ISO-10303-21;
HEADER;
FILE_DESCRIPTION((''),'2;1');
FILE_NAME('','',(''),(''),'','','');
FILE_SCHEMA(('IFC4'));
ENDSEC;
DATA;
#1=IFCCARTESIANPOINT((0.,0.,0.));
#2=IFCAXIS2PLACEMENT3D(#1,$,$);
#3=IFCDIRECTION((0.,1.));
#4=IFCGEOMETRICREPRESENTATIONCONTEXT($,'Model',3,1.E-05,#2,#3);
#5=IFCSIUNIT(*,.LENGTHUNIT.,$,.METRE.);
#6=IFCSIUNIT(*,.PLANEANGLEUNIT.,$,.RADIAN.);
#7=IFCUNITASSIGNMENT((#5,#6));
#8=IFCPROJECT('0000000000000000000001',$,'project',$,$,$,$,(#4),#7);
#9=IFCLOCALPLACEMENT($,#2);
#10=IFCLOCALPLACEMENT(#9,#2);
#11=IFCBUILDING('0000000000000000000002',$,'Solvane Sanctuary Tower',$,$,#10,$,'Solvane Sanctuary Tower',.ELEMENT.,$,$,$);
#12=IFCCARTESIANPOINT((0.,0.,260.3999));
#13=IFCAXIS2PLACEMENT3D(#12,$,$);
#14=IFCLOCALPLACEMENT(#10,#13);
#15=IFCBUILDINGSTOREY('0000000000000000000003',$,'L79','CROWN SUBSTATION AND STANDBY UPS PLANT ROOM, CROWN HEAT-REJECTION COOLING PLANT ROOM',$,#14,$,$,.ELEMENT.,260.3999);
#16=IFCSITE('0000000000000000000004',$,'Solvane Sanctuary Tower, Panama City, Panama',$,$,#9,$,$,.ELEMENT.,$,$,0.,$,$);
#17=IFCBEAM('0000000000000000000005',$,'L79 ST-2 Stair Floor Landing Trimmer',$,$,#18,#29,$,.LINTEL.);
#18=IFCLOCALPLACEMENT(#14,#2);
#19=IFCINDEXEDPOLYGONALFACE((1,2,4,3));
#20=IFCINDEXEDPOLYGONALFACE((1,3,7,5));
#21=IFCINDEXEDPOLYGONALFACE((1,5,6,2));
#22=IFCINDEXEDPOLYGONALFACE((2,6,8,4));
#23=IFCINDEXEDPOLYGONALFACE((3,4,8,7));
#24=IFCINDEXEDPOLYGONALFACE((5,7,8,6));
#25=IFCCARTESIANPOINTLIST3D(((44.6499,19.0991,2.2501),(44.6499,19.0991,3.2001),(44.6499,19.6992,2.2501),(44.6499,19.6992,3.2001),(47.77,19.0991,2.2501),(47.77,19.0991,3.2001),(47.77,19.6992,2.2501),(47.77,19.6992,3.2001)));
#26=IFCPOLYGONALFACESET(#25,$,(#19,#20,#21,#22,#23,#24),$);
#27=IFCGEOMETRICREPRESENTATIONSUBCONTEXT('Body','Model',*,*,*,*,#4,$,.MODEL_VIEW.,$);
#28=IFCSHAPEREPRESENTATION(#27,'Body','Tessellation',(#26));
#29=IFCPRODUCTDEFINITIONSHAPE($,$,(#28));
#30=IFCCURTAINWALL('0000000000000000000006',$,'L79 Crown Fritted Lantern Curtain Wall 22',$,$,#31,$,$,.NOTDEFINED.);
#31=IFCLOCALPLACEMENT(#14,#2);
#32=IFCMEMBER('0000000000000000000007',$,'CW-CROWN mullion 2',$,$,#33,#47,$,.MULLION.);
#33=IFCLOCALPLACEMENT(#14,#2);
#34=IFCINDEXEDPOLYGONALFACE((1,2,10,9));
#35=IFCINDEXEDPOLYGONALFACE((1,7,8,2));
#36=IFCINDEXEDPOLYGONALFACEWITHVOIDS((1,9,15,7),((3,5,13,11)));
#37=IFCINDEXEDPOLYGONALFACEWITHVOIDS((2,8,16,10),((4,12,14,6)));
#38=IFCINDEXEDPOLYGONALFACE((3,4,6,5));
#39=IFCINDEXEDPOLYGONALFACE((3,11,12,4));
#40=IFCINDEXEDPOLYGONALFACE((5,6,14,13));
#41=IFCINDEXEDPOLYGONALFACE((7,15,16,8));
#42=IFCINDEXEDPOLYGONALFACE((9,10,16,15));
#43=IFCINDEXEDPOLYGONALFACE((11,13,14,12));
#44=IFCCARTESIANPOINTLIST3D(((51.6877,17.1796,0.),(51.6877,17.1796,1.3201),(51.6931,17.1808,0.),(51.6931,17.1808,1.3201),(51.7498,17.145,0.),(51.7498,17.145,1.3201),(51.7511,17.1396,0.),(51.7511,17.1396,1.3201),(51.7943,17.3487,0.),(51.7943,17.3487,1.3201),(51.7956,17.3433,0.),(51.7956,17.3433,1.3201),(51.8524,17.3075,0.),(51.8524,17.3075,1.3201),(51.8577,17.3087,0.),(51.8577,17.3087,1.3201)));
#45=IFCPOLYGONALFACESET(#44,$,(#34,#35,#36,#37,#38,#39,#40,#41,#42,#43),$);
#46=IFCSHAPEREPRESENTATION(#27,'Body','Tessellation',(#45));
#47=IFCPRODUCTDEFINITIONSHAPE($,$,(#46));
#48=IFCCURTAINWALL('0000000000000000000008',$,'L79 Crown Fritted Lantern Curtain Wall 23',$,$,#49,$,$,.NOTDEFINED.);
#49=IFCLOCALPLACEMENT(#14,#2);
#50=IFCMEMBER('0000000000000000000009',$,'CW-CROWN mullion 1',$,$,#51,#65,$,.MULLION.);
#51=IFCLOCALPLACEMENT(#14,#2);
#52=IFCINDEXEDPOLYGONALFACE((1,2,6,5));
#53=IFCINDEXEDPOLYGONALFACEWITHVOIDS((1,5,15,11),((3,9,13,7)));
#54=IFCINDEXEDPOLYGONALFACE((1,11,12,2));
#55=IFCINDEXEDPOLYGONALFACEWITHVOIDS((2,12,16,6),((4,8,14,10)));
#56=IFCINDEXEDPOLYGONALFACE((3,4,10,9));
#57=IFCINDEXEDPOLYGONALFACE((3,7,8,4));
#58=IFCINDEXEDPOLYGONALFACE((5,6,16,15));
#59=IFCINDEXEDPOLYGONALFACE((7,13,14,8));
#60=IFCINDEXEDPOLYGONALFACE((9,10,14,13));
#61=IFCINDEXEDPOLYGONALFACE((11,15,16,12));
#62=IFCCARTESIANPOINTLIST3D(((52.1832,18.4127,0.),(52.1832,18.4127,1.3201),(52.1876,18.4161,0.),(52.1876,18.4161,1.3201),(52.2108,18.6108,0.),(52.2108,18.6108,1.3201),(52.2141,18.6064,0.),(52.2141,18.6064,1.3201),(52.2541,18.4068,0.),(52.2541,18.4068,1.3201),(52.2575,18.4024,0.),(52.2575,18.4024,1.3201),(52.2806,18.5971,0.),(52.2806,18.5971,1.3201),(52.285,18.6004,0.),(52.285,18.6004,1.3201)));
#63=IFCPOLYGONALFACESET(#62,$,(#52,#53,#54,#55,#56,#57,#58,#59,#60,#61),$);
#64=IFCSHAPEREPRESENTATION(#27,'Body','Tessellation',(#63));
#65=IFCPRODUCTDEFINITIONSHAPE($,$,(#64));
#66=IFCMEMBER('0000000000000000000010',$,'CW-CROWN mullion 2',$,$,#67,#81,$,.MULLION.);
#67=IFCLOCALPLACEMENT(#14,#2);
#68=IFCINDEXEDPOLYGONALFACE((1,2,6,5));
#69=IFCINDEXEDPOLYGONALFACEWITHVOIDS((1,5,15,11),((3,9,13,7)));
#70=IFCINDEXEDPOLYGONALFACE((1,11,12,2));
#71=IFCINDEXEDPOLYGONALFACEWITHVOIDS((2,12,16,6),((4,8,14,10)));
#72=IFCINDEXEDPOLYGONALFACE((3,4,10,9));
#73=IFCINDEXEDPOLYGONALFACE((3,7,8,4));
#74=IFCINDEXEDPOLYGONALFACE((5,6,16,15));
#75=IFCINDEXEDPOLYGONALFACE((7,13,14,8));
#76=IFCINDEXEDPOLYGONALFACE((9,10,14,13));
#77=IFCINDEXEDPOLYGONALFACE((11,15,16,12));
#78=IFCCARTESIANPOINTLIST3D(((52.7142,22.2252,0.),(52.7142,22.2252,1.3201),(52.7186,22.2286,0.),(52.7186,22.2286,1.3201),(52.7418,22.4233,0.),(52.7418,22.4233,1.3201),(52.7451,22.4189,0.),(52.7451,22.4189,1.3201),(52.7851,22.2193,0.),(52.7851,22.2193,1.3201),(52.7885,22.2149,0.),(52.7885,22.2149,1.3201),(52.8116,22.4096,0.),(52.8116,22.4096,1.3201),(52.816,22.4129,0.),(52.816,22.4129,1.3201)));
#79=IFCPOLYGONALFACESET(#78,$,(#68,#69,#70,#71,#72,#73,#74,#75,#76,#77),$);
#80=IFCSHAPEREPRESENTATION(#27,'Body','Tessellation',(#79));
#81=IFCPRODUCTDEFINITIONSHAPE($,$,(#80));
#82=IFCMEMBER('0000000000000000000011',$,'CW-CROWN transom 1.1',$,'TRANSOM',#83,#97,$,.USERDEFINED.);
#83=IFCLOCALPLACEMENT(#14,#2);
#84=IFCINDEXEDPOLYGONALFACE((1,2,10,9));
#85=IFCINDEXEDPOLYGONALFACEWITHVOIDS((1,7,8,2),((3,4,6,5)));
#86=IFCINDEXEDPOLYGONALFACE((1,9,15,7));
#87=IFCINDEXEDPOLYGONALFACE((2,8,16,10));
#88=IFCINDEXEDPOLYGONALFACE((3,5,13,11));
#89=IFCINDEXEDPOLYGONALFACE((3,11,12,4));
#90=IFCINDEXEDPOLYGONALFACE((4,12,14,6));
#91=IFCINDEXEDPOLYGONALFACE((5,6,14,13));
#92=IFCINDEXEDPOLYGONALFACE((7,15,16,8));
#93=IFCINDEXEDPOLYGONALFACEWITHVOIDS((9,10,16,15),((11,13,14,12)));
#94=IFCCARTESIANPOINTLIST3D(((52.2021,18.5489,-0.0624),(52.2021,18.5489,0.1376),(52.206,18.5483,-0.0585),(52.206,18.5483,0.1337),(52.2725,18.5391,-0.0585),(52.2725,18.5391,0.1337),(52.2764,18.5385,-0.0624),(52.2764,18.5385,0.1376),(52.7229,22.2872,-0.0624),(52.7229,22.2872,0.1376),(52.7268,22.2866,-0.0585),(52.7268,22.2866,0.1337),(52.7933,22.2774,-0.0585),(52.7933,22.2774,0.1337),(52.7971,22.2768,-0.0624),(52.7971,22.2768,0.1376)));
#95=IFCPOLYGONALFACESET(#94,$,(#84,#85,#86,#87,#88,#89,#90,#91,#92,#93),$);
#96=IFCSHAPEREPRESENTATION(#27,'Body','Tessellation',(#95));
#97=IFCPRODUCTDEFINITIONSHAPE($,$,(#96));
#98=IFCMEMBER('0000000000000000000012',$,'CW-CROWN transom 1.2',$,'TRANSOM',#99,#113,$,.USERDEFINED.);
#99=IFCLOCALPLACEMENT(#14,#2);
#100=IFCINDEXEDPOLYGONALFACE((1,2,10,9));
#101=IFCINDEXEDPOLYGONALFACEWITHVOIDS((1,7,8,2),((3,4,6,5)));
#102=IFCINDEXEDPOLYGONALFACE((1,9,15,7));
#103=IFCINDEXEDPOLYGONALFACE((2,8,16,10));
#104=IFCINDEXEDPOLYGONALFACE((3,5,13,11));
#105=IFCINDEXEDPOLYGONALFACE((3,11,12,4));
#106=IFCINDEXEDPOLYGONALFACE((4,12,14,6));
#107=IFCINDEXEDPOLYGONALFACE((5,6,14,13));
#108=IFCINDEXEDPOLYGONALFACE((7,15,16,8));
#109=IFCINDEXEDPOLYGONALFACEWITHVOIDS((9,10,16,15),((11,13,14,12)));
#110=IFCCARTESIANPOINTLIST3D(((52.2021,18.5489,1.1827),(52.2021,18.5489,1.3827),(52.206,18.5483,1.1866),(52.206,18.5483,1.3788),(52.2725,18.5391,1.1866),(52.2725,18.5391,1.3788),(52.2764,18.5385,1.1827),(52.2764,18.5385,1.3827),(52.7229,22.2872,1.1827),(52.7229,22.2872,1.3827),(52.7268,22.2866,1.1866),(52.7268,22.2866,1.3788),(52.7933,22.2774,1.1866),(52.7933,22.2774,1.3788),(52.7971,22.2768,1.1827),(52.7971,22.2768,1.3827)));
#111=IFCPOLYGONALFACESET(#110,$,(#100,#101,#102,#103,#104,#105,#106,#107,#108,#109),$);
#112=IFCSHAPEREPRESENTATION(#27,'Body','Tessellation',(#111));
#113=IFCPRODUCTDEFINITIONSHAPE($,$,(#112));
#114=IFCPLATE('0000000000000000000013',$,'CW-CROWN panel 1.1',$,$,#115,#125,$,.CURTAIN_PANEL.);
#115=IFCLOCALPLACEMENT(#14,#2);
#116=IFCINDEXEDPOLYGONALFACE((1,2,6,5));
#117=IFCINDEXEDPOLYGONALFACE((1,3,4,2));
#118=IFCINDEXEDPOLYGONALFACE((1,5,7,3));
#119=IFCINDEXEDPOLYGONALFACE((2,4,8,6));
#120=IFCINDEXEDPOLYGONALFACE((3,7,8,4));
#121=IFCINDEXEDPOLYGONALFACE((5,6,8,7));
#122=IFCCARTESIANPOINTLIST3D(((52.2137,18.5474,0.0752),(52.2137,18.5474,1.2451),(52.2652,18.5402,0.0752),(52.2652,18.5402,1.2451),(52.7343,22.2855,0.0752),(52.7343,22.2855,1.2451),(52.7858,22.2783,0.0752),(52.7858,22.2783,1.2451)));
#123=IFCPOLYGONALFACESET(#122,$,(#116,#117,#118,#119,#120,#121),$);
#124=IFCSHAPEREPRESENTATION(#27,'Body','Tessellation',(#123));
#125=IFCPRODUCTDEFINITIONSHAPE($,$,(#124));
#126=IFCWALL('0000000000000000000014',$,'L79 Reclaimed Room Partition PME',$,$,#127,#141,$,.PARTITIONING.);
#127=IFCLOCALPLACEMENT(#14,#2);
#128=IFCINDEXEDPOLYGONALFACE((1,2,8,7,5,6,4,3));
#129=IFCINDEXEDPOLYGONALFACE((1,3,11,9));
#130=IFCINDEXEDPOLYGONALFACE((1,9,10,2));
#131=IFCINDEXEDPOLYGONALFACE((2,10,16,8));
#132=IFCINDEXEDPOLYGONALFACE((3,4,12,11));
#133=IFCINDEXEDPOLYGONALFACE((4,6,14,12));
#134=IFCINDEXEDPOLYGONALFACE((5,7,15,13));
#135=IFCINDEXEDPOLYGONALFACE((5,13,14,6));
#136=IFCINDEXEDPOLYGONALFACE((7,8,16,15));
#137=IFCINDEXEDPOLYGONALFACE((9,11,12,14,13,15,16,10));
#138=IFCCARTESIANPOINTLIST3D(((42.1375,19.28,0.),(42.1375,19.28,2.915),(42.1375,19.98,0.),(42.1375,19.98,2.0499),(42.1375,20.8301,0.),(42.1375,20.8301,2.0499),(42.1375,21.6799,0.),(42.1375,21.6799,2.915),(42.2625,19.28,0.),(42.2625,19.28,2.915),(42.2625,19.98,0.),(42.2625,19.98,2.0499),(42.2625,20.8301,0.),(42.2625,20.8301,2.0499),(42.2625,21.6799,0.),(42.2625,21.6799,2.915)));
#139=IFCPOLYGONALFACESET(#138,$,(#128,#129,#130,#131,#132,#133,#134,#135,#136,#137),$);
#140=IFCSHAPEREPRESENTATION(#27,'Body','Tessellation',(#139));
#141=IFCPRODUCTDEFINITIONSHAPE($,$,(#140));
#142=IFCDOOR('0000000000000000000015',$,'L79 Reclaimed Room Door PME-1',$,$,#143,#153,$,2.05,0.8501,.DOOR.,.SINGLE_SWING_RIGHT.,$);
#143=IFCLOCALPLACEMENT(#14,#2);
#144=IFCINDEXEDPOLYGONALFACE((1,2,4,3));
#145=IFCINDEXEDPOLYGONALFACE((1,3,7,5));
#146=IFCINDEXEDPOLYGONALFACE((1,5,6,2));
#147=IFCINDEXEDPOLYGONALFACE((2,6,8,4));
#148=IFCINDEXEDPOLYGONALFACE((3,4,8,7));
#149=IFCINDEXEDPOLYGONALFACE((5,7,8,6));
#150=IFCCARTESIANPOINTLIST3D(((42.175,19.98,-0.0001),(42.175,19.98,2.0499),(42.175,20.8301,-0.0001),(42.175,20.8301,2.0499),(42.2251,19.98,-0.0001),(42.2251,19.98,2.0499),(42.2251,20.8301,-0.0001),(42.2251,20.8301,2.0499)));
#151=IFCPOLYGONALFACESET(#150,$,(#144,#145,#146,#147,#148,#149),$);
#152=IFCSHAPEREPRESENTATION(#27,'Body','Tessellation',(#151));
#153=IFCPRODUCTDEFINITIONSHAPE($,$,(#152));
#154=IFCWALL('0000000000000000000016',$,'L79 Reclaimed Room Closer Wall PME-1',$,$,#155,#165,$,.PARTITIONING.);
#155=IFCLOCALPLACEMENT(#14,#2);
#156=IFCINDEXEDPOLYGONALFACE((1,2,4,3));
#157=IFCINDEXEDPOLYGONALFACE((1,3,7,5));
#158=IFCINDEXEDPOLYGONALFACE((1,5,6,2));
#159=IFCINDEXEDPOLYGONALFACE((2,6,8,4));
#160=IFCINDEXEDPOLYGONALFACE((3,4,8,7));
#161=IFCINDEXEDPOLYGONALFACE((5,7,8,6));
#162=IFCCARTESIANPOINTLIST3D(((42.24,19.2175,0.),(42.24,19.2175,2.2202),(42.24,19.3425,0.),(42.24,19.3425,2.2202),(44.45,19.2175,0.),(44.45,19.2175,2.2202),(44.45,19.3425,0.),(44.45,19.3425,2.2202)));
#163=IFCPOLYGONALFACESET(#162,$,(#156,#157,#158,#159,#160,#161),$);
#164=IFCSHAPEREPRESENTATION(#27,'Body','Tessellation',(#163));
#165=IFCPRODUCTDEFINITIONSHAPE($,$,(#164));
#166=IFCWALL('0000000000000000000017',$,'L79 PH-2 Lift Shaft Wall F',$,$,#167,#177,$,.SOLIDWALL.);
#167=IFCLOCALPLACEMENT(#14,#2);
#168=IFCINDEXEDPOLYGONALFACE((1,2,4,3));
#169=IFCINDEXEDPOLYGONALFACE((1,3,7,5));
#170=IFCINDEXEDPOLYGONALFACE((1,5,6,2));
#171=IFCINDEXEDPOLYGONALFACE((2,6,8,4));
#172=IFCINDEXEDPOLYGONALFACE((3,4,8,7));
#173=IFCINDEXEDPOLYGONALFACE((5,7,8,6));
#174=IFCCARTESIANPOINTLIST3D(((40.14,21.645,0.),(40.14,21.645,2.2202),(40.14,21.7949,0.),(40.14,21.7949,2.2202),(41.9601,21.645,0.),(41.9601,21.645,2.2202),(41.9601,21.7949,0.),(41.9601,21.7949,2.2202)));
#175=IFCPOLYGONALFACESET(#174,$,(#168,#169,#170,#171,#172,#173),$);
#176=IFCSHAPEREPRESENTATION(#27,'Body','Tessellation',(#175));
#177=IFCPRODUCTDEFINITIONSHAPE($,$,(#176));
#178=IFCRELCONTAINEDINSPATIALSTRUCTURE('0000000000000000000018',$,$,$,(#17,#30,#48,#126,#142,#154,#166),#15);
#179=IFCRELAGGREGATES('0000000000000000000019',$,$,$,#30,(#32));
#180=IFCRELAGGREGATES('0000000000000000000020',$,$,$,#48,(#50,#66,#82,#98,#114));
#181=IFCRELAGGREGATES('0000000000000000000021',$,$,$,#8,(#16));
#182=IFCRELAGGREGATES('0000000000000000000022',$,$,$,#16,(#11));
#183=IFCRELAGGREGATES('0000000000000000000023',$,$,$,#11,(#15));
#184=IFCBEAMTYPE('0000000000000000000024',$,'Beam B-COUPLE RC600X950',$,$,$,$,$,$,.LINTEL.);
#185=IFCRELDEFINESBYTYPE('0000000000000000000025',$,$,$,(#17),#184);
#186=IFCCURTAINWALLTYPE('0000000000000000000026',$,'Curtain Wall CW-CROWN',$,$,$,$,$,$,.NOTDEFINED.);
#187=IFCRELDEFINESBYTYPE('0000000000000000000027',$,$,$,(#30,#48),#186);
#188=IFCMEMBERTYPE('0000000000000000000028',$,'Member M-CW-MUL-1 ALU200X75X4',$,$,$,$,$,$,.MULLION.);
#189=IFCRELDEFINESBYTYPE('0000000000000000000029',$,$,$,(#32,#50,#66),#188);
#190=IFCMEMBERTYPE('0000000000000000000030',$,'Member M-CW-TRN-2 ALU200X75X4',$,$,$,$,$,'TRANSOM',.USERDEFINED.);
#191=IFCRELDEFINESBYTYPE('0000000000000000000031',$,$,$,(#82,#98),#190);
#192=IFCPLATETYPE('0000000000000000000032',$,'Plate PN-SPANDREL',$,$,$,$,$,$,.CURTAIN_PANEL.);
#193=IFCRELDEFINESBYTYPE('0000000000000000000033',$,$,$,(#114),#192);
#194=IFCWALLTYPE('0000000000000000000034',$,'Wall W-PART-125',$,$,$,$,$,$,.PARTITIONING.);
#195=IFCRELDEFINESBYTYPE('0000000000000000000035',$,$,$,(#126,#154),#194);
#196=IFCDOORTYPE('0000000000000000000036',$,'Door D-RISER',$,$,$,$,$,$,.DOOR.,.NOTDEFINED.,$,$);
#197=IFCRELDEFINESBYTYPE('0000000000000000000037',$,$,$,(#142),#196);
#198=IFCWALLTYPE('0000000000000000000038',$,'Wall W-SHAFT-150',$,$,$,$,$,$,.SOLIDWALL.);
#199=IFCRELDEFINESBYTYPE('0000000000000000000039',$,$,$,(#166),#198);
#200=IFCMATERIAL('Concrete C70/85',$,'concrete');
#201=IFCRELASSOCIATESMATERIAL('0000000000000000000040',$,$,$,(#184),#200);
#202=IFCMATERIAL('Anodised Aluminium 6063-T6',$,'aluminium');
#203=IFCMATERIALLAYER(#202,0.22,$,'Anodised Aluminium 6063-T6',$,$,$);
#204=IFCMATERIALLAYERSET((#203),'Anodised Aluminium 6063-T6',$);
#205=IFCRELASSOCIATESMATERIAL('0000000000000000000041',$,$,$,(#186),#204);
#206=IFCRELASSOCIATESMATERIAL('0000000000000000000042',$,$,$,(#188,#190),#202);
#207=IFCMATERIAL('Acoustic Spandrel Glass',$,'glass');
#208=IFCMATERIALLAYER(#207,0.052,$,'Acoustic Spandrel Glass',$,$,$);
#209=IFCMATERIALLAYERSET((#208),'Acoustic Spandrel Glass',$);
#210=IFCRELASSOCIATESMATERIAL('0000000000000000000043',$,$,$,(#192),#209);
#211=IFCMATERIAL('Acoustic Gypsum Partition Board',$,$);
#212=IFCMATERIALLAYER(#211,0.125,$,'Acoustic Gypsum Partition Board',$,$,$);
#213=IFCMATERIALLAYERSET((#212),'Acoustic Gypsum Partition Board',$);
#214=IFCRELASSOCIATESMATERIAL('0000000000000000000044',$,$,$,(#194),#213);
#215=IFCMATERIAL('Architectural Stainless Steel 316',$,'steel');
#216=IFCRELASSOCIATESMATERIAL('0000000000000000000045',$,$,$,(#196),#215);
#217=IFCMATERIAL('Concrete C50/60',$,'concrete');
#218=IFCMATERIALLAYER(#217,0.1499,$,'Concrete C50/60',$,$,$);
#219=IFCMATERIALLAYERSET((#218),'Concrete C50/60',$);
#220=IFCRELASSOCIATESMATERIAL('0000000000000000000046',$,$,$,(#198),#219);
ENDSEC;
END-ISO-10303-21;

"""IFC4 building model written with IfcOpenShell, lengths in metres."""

from ifc_helpers import new_model, si_unit, direction, frame, frame_2d, origin, origin_2d, place, context, subcontext, project, spatial, rectangle, hollow_rectangle, extrude, material, layer, layer_set, material_profile, profile_set, type_object, element, fill, aggregate, save


model = new_model("IFC4")

# Units and contexts
model_context = context("Model", 3, precision=1e-05, world=origin(), true_north=direction((0.0, 1.0)))
body_context = subcontext(model_context, "Body", "Model", "MODEL_VIEW")
ifc_project = project(units=[si_unit("LENGTHUNIT", "METRE"), si_unit("PLANEANGLEUNIT", "RADIAN")], contexts=[model_context])

# Site, building, storey
site_placement = place(None, origin())
site = spatial("IfcSite", under=ifc_project, at=site_placement, Name="Solvane Sanctuary Tower, Panama City, Panama", CompositionType="ELEMENT", RefElevation=0.0)
building_placement = place(site_placement, origin())
building = spatial("IfcBuilding", under=site, at=building_placement, Name="Solvane Sanctuary Tower", LongName="Solvane Sanctuary Tower", CompositionType="ELEMENT")
storey_placement = place(building_placement, frame((0.0, 0.0, 260.3999)))
storey = spatial("IfcBuildingStorey", under=building, at=storey_placement, Name="L79", Description="CROWN SUBSTATION AND STANDBY UPS PLANT ROOM, CROWN HEAT-REJECTION COOLING PLANT ROOM", CompositionType="ELEMENT", Elevation=260.3999)

# Beam
ifc_material_1 = material(Name="Concrete C70/85", Category="concrete")
ifc_material_profile_1 = material_profile(ifc_material_1, rectangle(XDim=0.6001, YDim=0.95, at=origin_2d()), Name="RC600X950")
ifc_profile_set_1 = profile_set([ifc_material_profile_1], Name="Concrete C70/85")
beam_type = type_object("IfcBeamType", Name="Beam B-COUPLE RC600X950", PredefinedType="LINTEL", material=ifc_profile_set_1)
beam_placement = place(storey_placement, frame((44.6499, 19.3992, 2.7251), z_axis=(1.0, 0.0, 0.0), x_axis=(0.0, 1.0, 0.0)))
element("IfcBeam", 1, at=beam_placement, inside=storey, type_object=beam_type, Name="L79 ST-2 Stair Floor Landing Trimmer", PredefinedType="LINTEL", context=body_context, shape_type="SweptSolid", body=[
    extrude(rectangle(XDim=0.6001, YDim=0.95, at=origin_2d()), origin(), (0.0, 0.0, 1.0), 3.1201),
])

# Curtain wall, member
ifc_material_2 = material(Name="Anodised Aluminium 6063-T6", Category="aluminium")
ifc_layer_1 = layer(ifc_material_2, 0.22, Name="Anodised Aluminium 6063-T6")
ifc_layer_set_1 = layer_set([ifc_layer_1], Name="Anodised Aluminium 6063-T6")
curtain_wall_type = type_object("IfcCurtainWallType", Name="Curtain Wall CW-CROWN", PredefinedType="NOTDEFINED", material=ifc_layer_set_1)
curtain_wall_1_placement = place(storey_placement, origin())
curtain_wall_1 = element("IfcCurtainWall", 2, at=curtain_wall_1_placement, inside=storey, type_object=curtain_wall_type, Name="L79 Crown Fritted Lantern Curtain Wall 22", PredefinedType="NOTDEFINED")
ifc_material_profile_2 = material_profile(ifc_material_2, hollow_rectangle(XDim=0.075, YDim=0.2, WallThickness=0.0039, at=origin_2d()), Name="ALU200X75X4")
ifc_profile_set_2 = profile_set([ifc_material_profile_2], Name="Anodised Aluminium 6063-T6")
member_type_1 = type_object("IfcMemberType", Name="Member M-CW-MUL-1 ALU200X75X4", PredefinedType="MULLION", material=ifc_profile_set_2)
member_1_placement = place(storey_placement, frame((51.7727, 17.2441, 0.0), z_axis=(0.0, 0.0, 1.0), x_axis=(-0.845808, 0.533487, 0.0)))
member_1 = element("IfcMember", 3, at=member_1_placement, type_object=member_type_1, Name="CW-CROWN mullion 2", PredefinedType="MULLION", context=body_context, shape_type="SweptSolid", body=[
    extrude(hollow_rectangle(XDim=0.075, YDim=0.2, WallThickness=0.0039, at=origin_2d()), origin(), (0.0, 0.0, 1.0), 1.3201),
])
aggregate(curtain_wall_1, [member_1])

# Curtain wall, members, plate
curtain_wall_2_placement = place(storey_placement, origin())
curtain_wall_2 = element("IfcCurtainWall", 4, at=curtain_wall_2_placement, inside=storey, type_object=curtain_wall_type, Name="L79 Crown Fritted Lantern Curtain Wall 23", PredefinedType="NOTDEFINED")
member_2_placement = place(storey_placement, frame((52.2341, 18.5066, 0.0), z_axis=(0.0, 0.0, 1.0), x_axis=(-0.990441, 0.137939, 0.0)))
member_2 = element("IfcMember", 5, at=member_2_placement, type_object=member_type_1, Name="CW-CROWN mullion 1", PredefinedType="MULLION", context=body_context, shape_type="SweptSolid", body=[
    extrude(hollow_rectangle(XDim=0.075, YDim=0.2, WallThickness=0.0039, at=origin_2d()), origin(), (0.0, 0.0, 1.0), 1.3201),
])
member_3_placement = place(storey_placement, frame((52.7651, 22.3191, 0.0), z_axis=(0.0, 0.0, 1.0), x_axis=(-0.990441, 0.137939, 0.0)))
member_3 = element("IfcMember", 6, at=member_3_placement, type_object=member_type_1, Name="CW-CROWN mullion 2", PredefinedType="MULLION", context=body_context, shape_type="SweptSolid", body=[
    extrude(hollow_rectangle(XDim=0.075, YDim=0.2, WallThickness=0.0039, at=origin_2d()), origin(), (0.0, 0.0, 1.0), 1.3201),
])
ifc_material_profile_3 = material_profile(ifc_material_2, hollow_rectangle(XDim=0.075, YDim=0.2, WallThickness=0.0039, at=origin_2d()), Name="ALU200X75X4")
ifc_profile_set_3 = profile_set([ifc_material_profile_3], Name="Anodised Aluminium 6063-T6")
member_type_2 = type_object("IfcMemberType", Name="Member M-CW-TRN-2 ALU200X75X4", ElementType="TRANSOM", PredefinedType="USERDEFINED", material=ifc_profile_set_3)
member_4_placement = place(storey_placement, frame((52.2393, 18.5437, 0.0376), z_axis=(0.13797, 0.990436, 0.0), x_axis=(-0.990436, 0.13797, 0.0)))
member_4 = element("IfcMember", 7, at=member_4_placement, type_object=member_type_2, Name="CW-CROWN transom 1.1", ObjectType="TRANSOM", PredefinedType="USERDEFINED", context=body_context, shape_type="SweptSolid", body=[
    extrude(hollow_rectangle(XDim=0.075, YDim=0.2, WallThickness=0.0039, at=origin_2d()), origin(), (0.0, 0.0, 1.0), 3.7744),
])
member_5_placement = place(storey_placement, frame((52.2393, 18.5437, 1.2827), z_axis=(0.13797, 0.990436, 0.0), x_axis=(-0.990436, 0.13797, 0.0)))
member_5 = element("IfcMember", 8, at=member_5_placement, type_object=member_type_2, Name="CW-CROWN transom 1.2", ObjectType="TRANSOM", PredefinedType="USERDEFINED", context=body_context, shape_type="SweptSolid", body=[
    extrude(hollow_rectangle(XDim=0.075, YDim=0.2, WallThickness=0.0039, at=origin_2d()), origin(), (0.0, 0.0, 1.0), 3.7744),
])
ifc_material_3 = material(Name="Acoustic Spandrel Glass", Category="glass")
ifc_layer_2 = layer(ifc_material_3, 0.052, Name="Acoustic Spandrel Glass")
ifc_layer_set_2 = layer_set([ifc_layer_2], Name="Acoustic Spandrel Glass")
plate_type = type_object("IfcPlateType", Name="Plate PN-SPANDREL", PredefinedType="CURTAIN_PANEL", material=ifc_layer_set_2)
plate_placement = place(storey_placement, frame((52.4998, 20.4128, 0.0752), z_axis=(0.0, 0.0, 1.0), x_axis=(0.137939, 0.990441, 0.0)))
plate = element("IfcPlate", 9, at=plate_placement, type_object=plate_type, Name="CW-CROWN panel 1.1", PredefinedType="CURTAIN_PANEL", context=body_context, shape_type="SweptSolid", body=[
    extrude(rectangle(XDim=3.7742, YDim=0.052, at=origin_2d()), origin(), (0.0, 0.0, 1.0), 1.1699),
])
aggregate(curtain_wall_2, [member_2, member_3, member_4, member_5, plate])

# Wall, opening, door
ifc_material_4 = material(Name="Acoustic Gypsum Partition Board")
ifc_layer_3 = layer(ifc_material_4, 0.125, Name="Acoustic Gypsum Partition Board")
ifc_layer_set_3 = layer_set([ifc_layer_3], Name="Acoustic Gypsum Partition Board")
wall_type_1 = type_object("IfcWallType", Name="Wall W-PART-125", PredefinedType="PARTITIONING", material=ifc_layer_set_3)
wall_1_placement = place(storey_placement, frame((42.2, 19.28, 0.0), z_axis=(0.0, 0.0, 1.0), x_axis=(0.0, 1.0, 0.0)))
wall_1 = element("IfcWall", 10, at=wall_1_placement, inside=storey, type_object=wall_type_1, Name="L79 Reclaimed Room Partition PME", PredefinedType="PARTITIONING", context=body_context, shape_type="SweptSolid", body=[
    extrude(rectangle(XDim=2.3999, YDim=0.125, at=frame_2d((1.2, 0.0))), origin(), (0.0, 0.0, 1.0), 2.915),
])
opening_1_placement = place(wall_1_placement, frame((0.7, 0.0, 0.0)))
opening_1 = element("IfcOpeningElement", 11, at=opening_1_placement, cuts=wall_1, PredefinedType="OPENING", context=body_context, shape_type="SweptSolid", body=[
    extrude(rectangle(XDim=0.8501, YDim=2.05, at=frame_2d((0.425, 1.0249))), frame((0.0, 0.0725, 0.0), z_axis=(0.0, -1.0, 0.0), x_axis=(1.0, 0.0, 0.0)), (0.0, 0.0, 1.0), 0.145),
])
ifc_material_5 = material(Name="Architectural Stainless Steel 316", Category="steel")
door_type_1 = type_object("IfcDoorType", Name="Door D-RISER", OperationType="NOTDEFINED", PredefinedType="DOOR", material=ifc_material_5)
door_1_placement = place(opening_1_placement, origin())
door_1 = element("IfcDoor", 12, at=door_1_placement, inside=storey, type_object=door_type_1, Name="L79 Reclaimed Room Door PME-1", OperationType="SINGLE_SWING_RIGHT", OverallHeight=2.05, OverallWidth=0.8501, PredefinedType="DOOR", context=body_context, shape_type="SweptSolid", body=[
    extrude(rectangle(XDim=0.8501, YDim=2.05, at=frame_2d((0.425, 1.0249))), frame((0.0, 0.0249, 0.0), z_axis=(0.0, -1.0, 0.0), x_axis=(1.0, 0.0, 0.0)), (0.0, 0.0, 1.0), 0.05),
])
fill(opening_1, door_1)

# Walls
wall_2_placement = place(storey_placement, frame((42.24, 19.28, 0.0), z_axis=(0.0, 0.0, 1.0), x_axis=(1.0, 0.0, 0.0)))
element("IfcWall", 13, at=wall_2_placement, inside=storey, type_object=wall_type_1, Name="L79 Reclaimed Room Closer Wall PME-1", PredefinedType="PARTITIONING", context=body_context, shape_type="SweptSolid", body=[
    extrude(rectangle(XDim=2.21, YDim=0.125, at=frame_2d((1.105, 0.0))), origin(), (0.0, 0.0, 1.0), 2.2202),
])
ifc_material_6 = material(Name="Concrete C50/60", Category="concrete")
ifc_layer_4 = layer(ifc_material_6, 0.1499, Name="Concrete C50/60")
ifc_layer_set_4 = layer_set([ifc_layer_4], Name="Concrete C50/60")
wall_type_2 = type_object("IfcWallType", Name="Wall W-SHAFT-150", PredefinedType="SOLIDWALL", material=ifc_layer_set_4)
wall_3_placement = place(storey_placement, frame((40.1399, 21.72, 0.0), z_axis=(0.0, 0.0, 1.0), x_axis=(1.0, 0.0, 0.0)))
element("IfcWall", 14, at=wall_3_placement, inside=storey, type_object=wall_type_2, Name="L79 PH-2 Lift Shaft Wall F", PredefinedType="SOLIDWALL", context=body_context, shape_type="SweptSolid", body=[
    extrude(rectangle(XDim=1.8201, YDim=0.1499, at=frame_2d((0.9102, 0.0))), origin(), (0.0, 0.0, 1.0), 2.2202),
])

save(model, "model.ifc")
